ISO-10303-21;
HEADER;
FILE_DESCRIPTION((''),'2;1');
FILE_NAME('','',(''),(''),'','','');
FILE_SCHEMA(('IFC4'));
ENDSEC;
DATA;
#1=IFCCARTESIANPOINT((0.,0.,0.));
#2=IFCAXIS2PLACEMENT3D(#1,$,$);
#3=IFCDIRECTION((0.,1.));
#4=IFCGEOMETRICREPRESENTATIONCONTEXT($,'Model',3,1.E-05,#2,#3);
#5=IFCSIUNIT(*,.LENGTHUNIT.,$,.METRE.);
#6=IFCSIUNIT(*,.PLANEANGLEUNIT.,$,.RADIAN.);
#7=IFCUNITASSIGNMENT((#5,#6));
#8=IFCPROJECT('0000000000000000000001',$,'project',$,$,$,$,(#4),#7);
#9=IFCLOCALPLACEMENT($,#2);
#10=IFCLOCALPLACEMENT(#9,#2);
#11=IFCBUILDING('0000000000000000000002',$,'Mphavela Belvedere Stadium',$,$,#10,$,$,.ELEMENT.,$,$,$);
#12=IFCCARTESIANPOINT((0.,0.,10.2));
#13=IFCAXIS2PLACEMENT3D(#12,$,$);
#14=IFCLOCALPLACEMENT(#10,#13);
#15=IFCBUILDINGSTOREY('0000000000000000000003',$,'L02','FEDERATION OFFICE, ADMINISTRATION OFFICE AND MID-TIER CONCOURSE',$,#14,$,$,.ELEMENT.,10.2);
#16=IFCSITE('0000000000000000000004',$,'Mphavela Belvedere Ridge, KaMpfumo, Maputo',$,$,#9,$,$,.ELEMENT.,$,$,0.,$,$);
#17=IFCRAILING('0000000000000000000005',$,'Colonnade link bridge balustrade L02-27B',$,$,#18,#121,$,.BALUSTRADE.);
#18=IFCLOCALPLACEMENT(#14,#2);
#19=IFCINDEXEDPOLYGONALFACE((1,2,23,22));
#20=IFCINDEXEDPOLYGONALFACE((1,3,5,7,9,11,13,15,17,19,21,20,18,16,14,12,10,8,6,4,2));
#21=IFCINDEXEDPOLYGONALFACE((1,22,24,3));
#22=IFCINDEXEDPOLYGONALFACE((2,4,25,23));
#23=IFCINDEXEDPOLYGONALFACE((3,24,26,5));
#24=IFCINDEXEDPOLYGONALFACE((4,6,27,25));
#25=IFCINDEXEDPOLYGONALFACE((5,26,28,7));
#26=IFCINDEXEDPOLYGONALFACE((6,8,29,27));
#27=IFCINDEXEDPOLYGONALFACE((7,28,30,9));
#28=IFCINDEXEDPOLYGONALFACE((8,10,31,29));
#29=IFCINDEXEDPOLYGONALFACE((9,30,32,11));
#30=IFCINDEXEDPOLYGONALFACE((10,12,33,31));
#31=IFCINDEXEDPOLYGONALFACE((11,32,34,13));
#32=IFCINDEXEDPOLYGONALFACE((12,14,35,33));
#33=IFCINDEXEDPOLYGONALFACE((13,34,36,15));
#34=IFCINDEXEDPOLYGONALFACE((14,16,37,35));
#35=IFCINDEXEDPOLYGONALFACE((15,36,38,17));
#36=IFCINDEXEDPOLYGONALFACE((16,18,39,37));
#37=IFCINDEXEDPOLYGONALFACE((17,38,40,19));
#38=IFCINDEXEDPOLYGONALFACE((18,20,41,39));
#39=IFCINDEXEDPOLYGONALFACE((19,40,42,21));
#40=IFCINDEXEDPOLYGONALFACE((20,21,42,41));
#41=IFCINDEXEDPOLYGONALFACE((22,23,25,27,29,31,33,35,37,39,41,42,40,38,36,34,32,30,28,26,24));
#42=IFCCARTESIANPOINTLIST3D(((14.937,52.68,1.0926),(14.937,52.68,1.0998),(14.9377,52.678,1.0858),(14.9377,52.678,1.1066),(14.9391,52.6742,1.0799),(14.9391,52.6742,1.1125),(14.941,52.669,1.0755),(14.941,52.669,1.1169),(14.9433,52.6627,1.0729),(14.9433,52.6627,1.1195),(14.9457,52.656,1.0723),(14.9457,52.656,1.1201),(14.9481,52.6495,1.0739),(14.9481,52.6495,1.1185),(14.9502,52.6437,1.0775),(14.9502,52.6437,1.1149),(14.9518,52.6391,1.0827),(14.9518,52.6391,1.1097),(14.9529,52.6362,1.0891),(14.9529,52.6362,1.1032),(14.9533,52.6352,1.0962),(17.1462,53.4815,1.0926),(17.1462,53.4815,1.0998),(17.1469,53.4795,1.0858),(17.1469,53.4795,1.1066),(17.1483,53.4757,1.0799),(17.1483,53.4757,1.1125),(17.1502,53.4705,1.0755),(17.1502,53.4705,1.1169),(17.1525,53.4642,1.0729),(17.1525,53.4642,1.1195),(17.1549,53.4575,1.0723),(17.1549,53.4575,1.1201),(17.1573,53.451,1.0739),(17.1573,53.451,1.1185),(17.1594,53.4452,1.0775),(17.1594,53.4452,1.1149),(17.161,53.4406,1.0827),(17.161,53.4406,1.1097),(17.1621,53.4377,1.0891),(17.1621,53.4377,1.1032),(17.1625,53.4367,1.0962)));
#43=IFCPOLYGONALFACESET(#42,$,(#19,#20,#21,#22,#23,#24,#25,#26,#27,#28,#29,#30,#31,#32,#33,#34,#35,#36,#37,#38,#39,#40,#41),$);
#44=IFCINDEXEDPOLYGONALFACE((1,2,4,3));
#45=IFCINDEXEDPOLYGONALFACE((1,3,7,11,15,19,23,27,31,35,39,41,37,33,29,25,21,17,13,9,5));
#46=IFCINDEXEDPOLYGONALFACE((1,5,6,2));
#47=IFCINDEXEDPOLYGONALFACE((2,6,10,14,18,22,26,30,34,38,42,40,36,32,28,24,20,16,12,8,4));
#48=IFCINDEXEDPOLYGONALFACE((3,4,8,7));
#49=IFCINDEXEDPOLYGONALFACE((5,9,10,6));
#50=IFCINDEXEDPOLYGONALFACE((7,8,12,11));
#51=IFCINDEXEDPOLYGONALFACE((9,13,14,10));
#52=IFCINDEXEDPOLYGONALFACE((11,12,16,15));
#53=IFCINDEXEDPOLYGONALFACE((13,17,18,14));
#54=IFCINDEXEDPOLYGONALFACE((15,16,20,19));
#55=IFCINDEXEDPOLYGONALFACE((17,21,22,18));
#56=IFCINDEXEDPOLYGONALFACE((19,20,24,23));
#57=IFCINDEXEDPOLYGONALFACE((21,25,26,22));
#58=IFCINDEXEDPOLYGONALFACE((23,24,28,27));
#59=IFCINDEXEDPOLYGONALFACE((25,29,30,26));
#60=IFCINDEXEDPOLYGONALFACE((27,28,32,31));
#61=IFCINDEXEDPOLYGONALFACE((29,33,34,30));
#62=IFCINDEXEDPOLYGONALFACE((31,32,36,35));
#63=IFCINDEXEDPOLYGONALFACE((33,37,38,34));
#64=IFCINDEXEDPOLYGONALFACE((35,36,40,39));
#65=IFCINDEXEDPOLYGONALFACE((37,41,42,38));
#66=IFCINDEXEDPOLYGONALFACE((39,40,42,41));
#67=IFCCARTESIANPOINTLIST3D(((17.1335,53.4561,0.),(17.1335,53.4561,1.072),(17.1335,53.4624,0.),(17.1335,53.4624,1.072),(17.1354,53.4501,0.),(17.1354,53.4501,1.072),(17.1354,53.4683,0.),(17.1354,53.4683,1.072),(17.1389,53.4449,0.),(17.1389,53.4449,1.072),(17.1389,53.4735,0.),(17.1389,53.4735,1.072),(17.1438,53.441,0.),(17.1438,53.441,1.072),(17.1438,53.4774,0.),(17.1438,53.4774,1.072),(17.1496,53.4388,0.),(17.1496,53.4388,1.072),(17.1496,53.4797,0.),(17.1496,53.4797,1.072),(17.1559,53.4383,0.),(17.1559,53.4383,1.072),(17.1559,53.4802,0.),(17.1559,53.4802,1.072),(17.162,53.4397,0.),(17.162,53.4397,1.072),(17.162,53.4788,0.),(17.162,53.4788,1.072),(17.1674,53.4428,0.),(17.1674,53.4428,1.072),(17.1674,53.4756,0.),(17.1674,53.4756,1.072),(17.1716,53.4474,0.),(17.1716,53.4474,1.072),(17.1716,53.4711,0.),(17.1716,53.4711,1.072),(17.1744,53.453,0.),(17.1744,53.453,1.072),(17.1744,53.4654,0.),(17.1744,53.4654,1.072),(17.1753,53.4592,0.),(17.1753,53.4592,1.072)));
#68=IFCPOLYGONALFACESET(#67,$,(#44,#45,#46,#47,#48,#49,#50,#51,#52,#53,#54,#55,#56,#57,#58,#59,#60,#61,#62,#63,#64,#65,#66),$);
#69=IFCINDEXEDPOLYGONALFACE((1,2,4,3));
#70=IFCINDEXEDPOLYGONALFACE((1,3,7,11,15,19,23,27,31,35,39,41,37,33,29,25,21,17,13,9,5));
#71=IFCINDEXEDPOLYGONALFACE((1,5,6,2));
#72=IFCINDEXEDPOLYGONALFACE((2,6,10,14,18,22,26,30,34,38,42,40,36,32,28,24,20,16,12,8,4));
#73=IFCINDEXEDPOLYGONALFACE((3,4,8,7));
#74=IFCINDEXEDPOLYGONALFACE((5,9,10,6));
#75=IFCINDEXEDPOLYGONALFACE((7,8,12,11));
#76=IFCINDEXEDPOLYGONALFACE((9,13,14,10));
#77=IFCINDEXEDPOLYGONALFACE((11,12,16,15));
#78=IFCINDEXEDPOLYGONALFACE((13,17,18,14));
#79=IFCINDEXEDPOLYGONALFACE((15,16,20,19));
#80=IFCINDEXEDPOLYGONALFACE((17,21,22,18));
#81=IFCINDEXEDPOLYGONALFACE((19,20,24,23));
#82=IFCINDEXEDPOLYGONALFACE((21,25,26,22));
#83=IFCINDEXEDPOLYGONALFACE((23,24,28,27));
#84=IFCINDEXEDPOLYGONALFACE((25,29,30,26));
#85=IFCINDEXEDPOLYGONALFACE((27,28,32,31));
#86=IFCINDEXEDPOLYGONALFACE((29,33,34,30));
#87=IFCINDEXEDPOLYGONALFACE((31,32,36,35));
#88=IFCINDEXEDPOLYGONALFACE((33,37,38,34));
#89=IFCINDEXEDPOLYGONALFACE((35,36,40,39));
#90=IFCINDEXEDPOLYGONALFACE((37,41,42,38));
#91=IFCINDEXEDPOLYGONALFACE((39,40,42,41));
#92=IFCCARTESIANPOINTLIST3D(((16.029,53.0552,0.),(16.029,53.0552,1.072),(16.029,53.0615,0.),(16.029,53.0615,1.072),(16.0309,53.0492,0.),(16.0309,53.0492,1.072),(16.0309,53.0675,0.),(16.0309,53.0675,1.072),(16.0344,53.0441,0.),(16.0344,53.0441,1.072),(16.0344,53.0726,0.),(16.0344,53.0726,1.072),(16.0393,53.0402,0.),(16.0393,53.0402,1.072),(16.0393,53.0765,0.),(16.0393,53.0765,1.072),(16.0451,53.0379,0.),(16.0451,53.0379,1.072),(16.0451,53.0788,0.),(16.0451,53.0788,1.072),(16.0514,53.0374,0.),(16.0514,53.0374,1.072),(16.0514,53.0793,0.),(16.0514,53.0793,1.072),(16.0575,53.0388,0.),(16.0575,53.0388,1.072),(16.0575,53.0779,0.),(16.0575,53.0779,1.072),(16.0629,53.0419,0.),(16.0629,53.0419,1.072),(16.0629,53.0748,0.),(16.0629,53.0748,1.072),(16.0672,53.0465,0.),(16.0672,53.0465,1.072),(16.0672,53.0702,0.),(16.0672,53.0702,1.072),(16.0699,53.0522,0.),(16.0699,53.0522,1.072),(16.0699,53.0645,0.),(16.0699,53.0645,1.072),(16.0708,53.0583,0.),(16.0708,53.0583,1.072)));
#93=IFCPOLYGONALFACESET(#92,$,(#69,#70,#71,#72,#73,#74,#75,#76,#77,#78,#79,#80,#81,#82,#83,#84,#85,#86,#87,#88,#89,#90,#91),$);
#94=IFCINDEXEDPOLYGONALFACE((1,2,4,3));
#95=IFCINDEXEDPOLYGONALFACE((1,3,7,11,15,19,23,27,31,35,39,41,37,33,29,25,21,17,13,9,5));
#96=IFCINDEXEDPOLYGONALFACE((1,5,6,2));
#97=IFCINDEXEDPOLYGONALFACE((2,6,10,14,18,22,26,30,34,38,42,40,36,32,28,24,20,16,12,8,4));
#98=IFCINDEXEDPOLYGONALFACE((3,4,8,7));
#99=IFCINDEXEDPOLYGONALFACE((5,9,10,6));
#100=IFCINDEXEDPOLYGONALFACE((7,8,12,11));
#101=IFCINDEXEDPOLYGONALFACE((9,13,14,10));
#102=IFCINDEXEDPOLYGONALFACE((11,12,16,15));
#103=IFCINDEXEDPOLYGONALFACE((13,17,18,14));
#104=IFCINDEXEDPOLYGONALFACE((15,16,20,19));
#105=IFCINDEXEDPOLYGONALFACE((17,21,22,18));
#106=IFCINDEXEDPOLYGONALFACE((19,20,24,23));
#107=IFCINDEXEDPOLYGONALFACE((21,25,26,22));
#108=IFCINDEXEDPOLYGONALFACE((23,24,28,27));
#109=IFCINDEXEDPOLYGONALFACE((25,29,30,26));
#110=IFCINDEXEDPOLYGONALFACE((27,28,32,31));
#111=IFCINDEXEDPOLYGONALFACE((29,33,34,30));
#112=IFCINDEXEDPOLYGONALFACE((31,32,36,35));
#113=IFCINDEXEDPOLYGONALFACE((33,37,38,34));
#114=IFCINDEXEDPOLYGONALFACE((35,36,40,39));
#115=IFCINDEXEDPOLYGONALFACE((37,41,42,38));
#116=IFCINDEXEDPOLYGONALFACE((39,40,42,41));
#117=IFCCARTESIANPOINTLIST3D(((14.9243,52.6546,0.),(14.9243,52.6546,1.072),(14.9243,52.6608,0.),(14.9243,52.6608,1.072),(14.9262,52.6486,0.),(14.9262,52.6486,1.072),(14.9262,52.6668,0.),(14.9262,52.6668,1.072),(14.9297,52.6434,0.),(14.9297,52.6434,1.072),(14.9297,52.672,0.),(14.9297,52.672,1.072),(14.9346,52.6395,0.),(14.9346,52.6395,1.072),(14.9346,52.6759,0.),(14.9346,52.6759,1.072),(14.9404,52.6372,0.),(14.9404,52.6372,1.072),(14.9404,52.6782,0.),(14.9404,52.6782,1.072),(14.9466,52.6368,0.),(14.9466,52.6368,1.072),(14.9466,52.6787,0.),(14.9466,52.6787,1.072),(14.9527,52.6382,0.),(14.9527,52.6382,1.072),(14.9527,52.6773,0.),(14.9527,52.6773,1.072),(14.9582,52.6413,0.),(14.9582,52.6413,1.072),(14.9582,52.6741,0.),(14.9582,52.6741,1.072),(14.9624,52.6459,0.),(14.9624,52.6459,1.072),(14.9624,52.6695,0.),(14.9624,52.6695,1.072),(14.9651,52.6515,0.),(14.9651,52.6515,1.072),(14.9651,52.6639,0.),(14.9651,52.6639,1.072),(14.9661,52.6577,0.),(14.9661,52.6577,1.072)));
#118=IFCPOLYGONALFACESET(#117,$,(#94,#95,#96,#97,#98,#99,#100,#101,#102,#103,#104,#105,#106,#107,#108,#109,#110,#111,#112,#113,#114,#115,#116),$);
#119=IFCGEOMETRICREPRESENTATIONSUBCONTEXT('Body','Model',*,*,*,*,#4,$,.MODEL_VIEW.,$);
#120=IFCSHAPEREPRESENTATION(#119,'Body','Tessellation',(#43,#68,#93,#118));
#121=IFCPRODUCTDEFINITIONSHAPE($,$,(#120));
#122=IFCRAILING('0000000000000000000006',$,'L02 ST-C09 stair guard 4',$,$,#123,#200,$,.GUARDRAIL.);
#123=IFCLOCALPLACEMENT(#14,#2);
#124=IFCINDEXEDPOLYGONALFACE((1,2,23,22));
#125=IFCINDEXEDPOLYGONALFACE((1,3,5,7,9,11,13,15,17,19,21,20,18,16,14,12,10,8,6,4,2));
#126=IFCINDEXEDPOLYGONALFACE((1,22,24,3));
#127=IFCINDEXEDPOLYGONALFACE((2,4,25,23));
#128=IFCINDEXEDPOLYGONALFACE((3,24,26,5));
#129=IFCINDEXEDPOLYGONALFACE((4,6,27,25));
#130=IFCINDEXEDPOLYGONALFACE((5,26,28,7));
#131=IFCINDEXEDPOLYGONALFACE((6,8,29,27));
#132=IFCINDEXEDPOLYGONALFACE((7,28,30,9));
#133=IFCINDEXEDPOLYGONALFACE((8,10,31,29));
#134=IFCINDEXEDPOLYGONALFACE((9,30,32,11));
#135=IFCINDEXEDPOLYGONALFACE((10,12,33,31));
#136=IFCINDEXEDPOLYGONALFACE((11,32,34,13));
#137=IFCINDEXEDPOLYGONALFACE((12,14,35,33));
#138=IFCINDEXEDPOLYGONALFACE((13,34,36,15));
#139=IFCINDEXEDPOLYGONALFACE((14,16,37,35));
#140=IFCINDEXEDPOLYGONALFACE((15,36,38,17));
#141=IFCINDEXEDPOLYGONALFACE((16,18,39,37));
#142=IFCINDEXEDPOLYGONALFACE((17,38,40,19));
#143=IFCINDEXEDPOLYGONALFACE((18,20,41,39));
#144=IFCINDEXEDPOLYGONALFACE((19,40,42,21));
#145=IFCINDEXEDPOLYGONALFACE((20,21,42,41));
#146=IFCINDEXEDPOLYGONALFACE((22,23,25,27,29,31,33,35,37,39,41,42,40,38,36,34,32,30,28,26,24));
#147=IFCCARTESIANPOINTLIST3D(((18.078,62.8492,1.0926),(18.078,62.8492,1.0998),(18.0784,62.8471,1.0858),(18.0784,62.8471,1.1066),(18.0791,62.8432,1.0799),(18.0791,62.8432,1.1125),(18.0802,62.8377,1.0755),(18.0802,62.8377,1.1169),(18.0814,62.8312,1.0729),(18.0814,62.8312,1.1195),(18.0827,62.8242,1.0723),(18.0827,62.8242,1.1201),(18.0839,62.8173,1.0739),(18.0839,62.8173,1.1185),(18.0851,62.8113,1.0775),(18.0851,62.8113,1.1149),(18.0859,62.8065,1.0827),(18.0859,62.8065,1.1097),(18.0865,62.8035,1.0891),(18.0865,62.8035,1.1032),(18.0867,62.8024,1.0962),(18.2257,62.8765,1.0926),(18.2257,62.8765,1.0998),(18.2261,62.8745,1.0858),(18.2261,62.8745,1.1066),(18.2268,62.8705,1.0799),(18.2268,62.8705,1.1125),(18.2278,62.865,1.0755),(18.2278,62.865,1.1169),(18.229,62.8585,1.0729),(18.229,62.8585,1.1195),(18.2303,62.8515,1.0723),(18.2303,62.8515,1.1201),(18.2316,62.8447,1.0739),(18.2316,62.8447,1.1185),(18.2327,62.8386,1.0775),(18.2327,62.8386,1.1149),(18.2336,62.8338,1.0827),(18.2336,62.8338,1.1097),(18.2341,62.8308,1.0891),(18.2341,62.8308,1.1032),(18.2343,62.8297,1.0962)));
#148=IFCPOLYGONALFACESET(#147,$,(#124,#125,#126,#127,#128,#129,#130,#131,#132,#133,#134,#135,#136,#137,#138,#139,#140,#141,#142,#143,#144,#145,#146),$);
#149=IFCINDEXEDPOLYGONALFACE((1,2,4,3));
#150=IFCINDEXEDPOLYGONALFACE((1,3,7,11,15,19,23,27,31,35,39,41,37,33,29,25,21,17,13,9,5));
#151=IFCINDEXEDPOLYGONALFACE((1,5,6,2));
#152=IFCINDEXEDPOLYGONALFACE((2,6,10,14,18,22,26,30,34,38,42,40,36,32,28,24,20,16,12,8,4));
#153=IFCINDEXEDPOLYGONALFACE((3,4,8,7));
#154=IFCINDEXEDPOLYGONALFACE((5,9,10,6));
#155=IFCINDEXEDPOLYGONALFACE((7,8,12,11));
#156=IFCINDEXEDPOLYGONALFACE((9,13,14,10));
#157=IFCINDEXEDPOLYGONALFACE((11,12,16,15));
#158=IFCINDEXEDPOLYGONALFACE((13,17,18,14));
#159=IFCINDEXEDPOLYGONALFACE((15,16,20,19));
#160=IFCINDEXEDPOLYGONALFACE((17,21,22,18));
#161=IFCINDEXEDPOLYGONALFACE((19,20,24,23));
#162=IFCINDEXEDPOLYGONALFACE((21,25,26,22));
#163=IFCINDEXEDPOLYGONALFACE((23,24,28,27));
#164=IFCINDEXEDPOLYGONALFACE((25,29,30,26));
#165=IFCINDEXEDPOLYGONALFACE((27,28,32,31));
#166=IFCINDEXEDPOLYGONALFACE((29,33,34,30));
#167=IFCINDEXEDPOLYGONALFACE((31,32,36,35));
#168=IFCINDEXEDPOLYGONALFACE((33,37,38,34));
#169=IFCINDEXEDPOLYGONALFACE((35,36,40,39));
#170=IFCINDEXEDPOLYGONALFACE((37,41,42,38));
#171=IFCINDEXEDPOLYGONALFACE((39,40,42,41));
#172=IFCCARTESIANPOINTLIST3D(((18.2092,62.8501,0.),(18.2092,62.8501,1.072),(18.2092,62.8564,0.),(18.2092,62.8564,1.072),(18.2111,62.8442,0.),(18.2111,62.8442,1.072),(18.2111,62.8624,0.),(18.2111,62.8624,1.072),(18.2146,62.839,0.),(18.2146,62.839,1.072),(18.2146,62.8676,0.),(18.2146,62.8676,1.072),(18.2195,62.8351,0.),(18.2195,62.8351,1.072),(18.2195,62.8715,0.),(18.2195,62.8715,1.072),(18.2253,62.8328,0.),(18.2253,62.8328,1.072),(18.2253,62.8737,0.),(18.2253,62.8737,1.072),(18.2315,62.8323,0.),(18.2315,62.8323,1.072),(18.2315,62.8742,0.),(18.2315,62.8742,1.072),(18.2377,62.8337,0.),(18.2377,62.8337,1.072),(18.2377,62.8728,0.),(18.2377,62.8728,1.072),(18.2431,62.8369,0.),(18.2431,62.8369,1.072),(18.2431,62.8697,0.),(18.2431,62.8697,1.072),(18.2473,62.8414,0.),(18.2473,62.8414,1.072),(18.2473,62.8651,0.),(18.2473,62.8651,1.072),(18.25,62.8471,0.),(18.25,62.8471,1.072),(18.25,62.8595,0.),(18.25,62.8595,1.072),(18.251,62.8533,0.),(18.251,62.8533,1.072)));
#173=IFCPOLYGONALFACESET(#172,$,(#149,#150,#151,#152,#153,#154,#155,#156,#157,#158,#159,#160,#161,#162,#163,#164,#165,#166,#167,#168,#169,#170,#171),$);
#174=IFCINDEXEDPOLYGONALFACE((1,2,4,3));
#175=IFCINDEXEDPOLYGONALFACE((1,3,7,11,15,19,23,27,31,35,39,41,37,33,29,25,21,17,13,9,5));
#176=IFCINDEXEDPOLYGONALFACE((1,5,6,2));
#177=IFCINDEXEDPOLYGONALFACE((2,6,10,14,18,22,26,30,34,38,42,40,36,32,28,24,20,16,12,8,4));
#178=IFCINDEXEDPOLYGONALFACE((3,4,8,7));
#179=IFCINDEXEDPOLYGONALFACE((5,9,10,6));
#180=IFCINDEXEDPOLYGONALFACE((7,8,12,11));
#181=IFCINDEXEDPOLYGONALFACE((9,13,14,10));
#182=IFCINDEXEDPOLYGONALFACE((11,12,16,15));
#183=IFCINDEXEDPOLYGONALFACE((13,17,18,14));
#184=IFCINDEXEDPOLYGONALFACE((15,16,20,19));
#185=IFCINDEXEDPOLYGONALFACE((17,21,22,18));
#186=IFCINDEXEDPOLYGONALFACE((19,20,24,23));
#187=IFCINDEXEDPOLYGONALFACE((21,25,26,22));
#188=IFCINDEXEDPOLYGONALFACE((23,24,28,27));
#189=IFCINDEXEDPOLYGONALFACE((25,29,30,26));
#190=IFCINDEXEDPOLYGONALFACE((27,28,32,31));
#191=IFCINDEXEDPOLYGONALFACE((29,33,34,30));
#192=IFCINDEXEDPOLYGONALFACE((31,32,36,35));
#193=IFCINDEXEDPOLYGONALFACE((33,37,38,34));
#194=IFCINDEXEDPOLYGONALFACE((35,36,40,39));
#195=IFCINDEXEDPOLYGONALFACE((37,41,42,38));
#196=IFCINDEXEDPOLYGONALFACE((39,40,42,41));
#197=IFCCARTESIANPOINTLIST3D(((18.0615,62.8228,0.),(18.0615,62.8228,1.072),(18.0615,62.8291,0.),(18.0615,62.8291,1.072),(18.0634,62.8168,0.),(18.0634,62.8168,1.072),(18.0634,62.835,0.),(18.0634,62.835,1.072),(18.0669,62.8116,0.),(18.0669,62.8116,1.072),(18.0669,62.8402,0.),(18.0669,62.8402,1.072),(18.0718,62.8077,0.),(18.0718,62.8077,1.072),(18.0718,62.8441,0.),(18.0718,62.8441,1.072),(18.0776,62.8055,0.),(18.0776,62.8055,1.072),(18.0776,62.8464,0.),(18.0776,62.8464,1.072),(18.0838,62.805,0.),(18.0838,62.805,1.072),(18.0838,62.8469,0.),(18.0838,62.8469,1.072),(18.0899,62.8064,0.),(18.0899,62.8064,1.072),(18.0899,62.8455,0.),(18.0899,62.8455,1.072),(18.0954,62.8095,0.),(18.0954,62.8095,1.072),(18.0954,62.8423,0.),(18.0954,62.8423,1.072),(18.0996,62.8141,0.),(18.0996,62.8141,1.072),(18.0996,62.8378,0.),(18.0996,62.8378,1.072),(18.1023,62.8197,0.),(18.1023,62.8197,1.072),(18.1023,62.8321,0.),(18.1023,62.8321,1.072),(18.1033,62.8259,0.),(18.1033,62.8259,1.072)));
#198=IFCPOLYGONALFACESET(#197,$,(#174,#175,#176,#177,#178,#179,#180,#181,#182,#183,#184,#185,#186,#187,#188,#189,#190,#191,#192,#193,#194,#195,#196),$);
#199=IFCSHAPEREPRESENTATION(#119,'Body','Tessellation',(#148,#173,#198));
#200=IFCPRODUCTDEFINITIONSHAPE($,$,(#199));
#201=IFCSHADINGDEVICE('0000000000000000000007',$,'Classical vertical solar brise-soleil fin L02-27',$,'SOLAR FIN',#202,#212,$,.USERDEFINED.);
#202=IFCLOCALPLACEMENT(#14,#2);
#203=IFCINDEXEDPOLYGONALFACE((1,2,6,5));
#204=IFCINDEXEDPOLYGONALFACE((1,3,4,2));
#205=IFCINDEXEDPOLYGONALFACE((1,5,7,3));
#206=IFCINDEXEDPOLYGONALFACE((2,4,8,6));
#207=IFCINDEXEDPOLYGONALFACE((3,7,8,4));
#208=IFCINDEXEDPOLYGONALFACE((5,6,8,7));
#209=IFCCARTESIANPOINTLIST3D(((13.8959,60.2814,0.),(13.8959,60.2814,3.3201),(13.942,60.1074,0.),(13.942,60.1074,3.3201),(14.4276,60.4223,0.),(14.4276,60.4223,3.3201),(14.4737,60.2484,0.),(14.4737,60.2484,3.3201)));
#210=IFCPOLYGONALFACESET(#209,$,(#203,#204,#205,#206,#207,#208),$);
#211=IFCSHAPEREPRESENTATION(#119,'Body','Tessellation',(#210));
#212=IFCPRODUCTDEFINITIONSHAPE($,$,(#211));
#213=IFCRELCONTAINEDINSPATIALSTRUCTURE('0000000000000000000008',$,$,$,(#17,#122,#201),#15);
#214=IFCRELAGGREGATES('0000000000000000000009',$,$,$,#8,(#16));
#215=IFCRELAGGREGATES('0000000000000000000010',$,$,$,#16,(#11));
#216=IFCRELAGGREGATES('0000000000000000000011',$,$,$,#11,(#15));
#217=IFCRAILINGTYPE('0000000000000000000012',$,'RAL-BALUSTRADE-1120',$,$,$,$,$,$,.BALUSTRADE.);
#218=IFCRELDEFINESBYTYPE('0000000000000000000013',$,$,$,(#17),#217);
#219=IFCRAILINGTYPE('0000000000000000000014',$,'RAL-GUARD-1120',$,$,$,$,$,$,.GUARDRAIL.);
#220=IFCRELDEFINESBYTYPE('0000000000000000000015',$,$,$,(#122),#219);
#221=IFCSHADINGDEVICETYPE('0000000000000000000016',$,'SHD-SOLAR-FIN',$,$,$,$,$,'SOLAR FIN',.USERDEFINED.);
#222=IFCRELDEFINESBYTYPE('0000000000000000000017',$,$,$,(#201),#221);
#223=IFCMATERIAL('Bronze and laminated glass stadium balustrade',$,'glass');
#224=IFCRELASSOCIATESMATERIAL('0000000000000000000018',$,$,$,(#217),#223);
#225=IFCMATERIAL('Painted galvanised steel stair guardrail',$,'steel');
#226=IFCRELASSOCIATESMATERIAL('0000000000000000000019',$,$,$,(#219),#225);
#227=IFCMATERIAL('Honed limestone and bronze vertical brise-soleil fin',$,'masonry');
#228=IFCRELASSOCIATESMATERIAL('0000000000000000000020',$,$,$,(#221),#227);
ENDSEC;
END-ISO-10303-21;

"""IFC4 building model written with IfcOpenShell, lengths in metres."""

from ifc_helpers import new_model, si_unit, direction, frame, origin, origin_2d, place, context, subcontext, project, spatial, rectangle, circle, extrude, material, type_object, element, save


model = new_model("IFC4")

# Units and contexts
model_context = context("Model", 3, precision=1e-05, world=origin(), true_north=direction((0.0, 1.0)))
body_context = subcontext(model_context, "Body", "Model", "MODEL_VIEW")
ifc_project = project(units=[si_unit("LENGTHUNIT", "METRE"), si_unit("PLANEANGLEUNIT", "RADIAN")], contexts=[model_context])

# Site, building, storey
site_placement = place(None, origin())
site = spatial("IfcSite", under=ifc_project, at=site_placement, Name="Mphavela Belvedere Ridge, KaMpfumo, Maputo", CompositionType="ELEMENT", RefElevation=0.0)
building_placement = place(site_placement, origin())
building = spatial("IfcBuilding", under=site, at=building_placement, Name="Mphavela Belvedere Stadium", CompositionType="ELEMENT")
storey_placement = place(building_placement, frame((0.0, 0.0, 10.2)))
storey = spatial("IfcBuildingStorey", under=building, at=storey_placement, Name="L02", Description="FEDERATION OFFICE, ADMINISTRATION OFFICE AND MID-TIER CONCOURSE", CompositionType="ELEMENT", Elevation=10.2)

# Railings
ifc_material_1 = material(Name="Bronze and laminated glass stadium balustrade", Category="glass")
railing_type_1 = type_object("IfcRailingType", Name="RAL-BALUSTRADE-1120", PredefinedType="BALUSTRADE", material=ifc_material_1)
railing_1_placement = place(storey_placement, frame((17.1543, 53.4592, 0.0)))
element("IfcRailing", 1, at=railing_1_placement, inside=storey, type_object=railing_type_1, Name="Colonnade link bridge balustrade L02-27B", PredefinedType="BALUSTRADE", context=body_context, shape_type="SweptSolid", body=[
    extrude(circle(Radius=0.0239, at=origin_2d()), frame((0.0, 0.0, 1.0962), z_axis=(-0.940045, -0.341051, 0.0), x_axis=(0.341051, -0.940045, 0.0)), (0.0, 0.0, 1.0), 2.3501),
    extrude(circle(Radius=0.021, at=origin_2d()), origin(), (0.0, 0.0, 1.0), 1.072),
    extrude(circle(Radius=0.021, at=origin_2d()), frame((-1.1045, -0.4009, 0.0)), (0.0, 0.0, 1.0), 1.072),
    extrude(circle(Radius=0.021, at=origin_2d()), frame((-2.2092, -0.8015, 0.0)), (0.0, 0.0, 1.0), 1.072),
])
ifc_material_2 = material(Name="Painted galvanised steel stair guardrail", Category="steel")
railing_type_2 = type_object("IfcRailingType", Name="RAL-GUARD-1120", PredefinedType="GUARDRAIL", material=ifc_material_2)
railing_2_placement = place(storey_placement, frame((18.23, 62.8533, 0.0)))
element("IfcRailing", 2, at=railing_2_placement, inside=storey, type_object=railing_type_2, Name="L02 ST-C09 stair guard 4", PredefinedType="GUARDRAIL", context=body_context, shape_type="SweptSolid", body=[
    extrude(circle(Radius=0.0239, at=origin_2d()), frame((0.0, 0.0, 1.0962), z_axis=(-0.983293, -0.182031, 0.0), x_axis=(0.182031, -0.983293, 0.0)), (0.0, 0.0, 1.0), 0.1501),
    extrude(circle(Radius=0.021, at=origin_2d()), origin(), (0.0, 0.0, 1.0), 1.072),
    extrude(circle(Radius=0.021, at=origin_2d()), frame((-0.1477, -0.0273, 0.0)), (0.0, 0.0, 1.0), 1.072),
])

# Shading device
ifc_material_3 = material(Name="Honed limestone and bronze vertical brise-soleil fin", Category="masonry")
shading_device_type = type_object("IfcShadingDeviceType", Name="SHD-SOLAR-FIN", ElementType="SOLAR FIN", PredefinedType="USERDEFINED", material=ifc_material_3)
shading_device_placement = place(storey_placement, frame((14.1848, 60.2649, 0.0), z_axis=(0.0, 0.0, 1.0), x_axis=(-0.9666, -0.256289, 0.0)))
element("IfcShadingDevice", 3, at=shading_device_placement, inside=storey, type_object=shading_device_type, Name="Classical vertical solar brise-soleil fin L02-27", ObjectType="SOLAR FIN", PredefinedType="USERDEFINED", context=body_context, shape_type="SweptSolid", body=[
    extrude(rectangle(XDim=0.55, YDim=0.1799, at=origin_2d()), origin(), (0.0, 0.0, 1.0), 3.3201),
])

save(model, "model.ifc")
